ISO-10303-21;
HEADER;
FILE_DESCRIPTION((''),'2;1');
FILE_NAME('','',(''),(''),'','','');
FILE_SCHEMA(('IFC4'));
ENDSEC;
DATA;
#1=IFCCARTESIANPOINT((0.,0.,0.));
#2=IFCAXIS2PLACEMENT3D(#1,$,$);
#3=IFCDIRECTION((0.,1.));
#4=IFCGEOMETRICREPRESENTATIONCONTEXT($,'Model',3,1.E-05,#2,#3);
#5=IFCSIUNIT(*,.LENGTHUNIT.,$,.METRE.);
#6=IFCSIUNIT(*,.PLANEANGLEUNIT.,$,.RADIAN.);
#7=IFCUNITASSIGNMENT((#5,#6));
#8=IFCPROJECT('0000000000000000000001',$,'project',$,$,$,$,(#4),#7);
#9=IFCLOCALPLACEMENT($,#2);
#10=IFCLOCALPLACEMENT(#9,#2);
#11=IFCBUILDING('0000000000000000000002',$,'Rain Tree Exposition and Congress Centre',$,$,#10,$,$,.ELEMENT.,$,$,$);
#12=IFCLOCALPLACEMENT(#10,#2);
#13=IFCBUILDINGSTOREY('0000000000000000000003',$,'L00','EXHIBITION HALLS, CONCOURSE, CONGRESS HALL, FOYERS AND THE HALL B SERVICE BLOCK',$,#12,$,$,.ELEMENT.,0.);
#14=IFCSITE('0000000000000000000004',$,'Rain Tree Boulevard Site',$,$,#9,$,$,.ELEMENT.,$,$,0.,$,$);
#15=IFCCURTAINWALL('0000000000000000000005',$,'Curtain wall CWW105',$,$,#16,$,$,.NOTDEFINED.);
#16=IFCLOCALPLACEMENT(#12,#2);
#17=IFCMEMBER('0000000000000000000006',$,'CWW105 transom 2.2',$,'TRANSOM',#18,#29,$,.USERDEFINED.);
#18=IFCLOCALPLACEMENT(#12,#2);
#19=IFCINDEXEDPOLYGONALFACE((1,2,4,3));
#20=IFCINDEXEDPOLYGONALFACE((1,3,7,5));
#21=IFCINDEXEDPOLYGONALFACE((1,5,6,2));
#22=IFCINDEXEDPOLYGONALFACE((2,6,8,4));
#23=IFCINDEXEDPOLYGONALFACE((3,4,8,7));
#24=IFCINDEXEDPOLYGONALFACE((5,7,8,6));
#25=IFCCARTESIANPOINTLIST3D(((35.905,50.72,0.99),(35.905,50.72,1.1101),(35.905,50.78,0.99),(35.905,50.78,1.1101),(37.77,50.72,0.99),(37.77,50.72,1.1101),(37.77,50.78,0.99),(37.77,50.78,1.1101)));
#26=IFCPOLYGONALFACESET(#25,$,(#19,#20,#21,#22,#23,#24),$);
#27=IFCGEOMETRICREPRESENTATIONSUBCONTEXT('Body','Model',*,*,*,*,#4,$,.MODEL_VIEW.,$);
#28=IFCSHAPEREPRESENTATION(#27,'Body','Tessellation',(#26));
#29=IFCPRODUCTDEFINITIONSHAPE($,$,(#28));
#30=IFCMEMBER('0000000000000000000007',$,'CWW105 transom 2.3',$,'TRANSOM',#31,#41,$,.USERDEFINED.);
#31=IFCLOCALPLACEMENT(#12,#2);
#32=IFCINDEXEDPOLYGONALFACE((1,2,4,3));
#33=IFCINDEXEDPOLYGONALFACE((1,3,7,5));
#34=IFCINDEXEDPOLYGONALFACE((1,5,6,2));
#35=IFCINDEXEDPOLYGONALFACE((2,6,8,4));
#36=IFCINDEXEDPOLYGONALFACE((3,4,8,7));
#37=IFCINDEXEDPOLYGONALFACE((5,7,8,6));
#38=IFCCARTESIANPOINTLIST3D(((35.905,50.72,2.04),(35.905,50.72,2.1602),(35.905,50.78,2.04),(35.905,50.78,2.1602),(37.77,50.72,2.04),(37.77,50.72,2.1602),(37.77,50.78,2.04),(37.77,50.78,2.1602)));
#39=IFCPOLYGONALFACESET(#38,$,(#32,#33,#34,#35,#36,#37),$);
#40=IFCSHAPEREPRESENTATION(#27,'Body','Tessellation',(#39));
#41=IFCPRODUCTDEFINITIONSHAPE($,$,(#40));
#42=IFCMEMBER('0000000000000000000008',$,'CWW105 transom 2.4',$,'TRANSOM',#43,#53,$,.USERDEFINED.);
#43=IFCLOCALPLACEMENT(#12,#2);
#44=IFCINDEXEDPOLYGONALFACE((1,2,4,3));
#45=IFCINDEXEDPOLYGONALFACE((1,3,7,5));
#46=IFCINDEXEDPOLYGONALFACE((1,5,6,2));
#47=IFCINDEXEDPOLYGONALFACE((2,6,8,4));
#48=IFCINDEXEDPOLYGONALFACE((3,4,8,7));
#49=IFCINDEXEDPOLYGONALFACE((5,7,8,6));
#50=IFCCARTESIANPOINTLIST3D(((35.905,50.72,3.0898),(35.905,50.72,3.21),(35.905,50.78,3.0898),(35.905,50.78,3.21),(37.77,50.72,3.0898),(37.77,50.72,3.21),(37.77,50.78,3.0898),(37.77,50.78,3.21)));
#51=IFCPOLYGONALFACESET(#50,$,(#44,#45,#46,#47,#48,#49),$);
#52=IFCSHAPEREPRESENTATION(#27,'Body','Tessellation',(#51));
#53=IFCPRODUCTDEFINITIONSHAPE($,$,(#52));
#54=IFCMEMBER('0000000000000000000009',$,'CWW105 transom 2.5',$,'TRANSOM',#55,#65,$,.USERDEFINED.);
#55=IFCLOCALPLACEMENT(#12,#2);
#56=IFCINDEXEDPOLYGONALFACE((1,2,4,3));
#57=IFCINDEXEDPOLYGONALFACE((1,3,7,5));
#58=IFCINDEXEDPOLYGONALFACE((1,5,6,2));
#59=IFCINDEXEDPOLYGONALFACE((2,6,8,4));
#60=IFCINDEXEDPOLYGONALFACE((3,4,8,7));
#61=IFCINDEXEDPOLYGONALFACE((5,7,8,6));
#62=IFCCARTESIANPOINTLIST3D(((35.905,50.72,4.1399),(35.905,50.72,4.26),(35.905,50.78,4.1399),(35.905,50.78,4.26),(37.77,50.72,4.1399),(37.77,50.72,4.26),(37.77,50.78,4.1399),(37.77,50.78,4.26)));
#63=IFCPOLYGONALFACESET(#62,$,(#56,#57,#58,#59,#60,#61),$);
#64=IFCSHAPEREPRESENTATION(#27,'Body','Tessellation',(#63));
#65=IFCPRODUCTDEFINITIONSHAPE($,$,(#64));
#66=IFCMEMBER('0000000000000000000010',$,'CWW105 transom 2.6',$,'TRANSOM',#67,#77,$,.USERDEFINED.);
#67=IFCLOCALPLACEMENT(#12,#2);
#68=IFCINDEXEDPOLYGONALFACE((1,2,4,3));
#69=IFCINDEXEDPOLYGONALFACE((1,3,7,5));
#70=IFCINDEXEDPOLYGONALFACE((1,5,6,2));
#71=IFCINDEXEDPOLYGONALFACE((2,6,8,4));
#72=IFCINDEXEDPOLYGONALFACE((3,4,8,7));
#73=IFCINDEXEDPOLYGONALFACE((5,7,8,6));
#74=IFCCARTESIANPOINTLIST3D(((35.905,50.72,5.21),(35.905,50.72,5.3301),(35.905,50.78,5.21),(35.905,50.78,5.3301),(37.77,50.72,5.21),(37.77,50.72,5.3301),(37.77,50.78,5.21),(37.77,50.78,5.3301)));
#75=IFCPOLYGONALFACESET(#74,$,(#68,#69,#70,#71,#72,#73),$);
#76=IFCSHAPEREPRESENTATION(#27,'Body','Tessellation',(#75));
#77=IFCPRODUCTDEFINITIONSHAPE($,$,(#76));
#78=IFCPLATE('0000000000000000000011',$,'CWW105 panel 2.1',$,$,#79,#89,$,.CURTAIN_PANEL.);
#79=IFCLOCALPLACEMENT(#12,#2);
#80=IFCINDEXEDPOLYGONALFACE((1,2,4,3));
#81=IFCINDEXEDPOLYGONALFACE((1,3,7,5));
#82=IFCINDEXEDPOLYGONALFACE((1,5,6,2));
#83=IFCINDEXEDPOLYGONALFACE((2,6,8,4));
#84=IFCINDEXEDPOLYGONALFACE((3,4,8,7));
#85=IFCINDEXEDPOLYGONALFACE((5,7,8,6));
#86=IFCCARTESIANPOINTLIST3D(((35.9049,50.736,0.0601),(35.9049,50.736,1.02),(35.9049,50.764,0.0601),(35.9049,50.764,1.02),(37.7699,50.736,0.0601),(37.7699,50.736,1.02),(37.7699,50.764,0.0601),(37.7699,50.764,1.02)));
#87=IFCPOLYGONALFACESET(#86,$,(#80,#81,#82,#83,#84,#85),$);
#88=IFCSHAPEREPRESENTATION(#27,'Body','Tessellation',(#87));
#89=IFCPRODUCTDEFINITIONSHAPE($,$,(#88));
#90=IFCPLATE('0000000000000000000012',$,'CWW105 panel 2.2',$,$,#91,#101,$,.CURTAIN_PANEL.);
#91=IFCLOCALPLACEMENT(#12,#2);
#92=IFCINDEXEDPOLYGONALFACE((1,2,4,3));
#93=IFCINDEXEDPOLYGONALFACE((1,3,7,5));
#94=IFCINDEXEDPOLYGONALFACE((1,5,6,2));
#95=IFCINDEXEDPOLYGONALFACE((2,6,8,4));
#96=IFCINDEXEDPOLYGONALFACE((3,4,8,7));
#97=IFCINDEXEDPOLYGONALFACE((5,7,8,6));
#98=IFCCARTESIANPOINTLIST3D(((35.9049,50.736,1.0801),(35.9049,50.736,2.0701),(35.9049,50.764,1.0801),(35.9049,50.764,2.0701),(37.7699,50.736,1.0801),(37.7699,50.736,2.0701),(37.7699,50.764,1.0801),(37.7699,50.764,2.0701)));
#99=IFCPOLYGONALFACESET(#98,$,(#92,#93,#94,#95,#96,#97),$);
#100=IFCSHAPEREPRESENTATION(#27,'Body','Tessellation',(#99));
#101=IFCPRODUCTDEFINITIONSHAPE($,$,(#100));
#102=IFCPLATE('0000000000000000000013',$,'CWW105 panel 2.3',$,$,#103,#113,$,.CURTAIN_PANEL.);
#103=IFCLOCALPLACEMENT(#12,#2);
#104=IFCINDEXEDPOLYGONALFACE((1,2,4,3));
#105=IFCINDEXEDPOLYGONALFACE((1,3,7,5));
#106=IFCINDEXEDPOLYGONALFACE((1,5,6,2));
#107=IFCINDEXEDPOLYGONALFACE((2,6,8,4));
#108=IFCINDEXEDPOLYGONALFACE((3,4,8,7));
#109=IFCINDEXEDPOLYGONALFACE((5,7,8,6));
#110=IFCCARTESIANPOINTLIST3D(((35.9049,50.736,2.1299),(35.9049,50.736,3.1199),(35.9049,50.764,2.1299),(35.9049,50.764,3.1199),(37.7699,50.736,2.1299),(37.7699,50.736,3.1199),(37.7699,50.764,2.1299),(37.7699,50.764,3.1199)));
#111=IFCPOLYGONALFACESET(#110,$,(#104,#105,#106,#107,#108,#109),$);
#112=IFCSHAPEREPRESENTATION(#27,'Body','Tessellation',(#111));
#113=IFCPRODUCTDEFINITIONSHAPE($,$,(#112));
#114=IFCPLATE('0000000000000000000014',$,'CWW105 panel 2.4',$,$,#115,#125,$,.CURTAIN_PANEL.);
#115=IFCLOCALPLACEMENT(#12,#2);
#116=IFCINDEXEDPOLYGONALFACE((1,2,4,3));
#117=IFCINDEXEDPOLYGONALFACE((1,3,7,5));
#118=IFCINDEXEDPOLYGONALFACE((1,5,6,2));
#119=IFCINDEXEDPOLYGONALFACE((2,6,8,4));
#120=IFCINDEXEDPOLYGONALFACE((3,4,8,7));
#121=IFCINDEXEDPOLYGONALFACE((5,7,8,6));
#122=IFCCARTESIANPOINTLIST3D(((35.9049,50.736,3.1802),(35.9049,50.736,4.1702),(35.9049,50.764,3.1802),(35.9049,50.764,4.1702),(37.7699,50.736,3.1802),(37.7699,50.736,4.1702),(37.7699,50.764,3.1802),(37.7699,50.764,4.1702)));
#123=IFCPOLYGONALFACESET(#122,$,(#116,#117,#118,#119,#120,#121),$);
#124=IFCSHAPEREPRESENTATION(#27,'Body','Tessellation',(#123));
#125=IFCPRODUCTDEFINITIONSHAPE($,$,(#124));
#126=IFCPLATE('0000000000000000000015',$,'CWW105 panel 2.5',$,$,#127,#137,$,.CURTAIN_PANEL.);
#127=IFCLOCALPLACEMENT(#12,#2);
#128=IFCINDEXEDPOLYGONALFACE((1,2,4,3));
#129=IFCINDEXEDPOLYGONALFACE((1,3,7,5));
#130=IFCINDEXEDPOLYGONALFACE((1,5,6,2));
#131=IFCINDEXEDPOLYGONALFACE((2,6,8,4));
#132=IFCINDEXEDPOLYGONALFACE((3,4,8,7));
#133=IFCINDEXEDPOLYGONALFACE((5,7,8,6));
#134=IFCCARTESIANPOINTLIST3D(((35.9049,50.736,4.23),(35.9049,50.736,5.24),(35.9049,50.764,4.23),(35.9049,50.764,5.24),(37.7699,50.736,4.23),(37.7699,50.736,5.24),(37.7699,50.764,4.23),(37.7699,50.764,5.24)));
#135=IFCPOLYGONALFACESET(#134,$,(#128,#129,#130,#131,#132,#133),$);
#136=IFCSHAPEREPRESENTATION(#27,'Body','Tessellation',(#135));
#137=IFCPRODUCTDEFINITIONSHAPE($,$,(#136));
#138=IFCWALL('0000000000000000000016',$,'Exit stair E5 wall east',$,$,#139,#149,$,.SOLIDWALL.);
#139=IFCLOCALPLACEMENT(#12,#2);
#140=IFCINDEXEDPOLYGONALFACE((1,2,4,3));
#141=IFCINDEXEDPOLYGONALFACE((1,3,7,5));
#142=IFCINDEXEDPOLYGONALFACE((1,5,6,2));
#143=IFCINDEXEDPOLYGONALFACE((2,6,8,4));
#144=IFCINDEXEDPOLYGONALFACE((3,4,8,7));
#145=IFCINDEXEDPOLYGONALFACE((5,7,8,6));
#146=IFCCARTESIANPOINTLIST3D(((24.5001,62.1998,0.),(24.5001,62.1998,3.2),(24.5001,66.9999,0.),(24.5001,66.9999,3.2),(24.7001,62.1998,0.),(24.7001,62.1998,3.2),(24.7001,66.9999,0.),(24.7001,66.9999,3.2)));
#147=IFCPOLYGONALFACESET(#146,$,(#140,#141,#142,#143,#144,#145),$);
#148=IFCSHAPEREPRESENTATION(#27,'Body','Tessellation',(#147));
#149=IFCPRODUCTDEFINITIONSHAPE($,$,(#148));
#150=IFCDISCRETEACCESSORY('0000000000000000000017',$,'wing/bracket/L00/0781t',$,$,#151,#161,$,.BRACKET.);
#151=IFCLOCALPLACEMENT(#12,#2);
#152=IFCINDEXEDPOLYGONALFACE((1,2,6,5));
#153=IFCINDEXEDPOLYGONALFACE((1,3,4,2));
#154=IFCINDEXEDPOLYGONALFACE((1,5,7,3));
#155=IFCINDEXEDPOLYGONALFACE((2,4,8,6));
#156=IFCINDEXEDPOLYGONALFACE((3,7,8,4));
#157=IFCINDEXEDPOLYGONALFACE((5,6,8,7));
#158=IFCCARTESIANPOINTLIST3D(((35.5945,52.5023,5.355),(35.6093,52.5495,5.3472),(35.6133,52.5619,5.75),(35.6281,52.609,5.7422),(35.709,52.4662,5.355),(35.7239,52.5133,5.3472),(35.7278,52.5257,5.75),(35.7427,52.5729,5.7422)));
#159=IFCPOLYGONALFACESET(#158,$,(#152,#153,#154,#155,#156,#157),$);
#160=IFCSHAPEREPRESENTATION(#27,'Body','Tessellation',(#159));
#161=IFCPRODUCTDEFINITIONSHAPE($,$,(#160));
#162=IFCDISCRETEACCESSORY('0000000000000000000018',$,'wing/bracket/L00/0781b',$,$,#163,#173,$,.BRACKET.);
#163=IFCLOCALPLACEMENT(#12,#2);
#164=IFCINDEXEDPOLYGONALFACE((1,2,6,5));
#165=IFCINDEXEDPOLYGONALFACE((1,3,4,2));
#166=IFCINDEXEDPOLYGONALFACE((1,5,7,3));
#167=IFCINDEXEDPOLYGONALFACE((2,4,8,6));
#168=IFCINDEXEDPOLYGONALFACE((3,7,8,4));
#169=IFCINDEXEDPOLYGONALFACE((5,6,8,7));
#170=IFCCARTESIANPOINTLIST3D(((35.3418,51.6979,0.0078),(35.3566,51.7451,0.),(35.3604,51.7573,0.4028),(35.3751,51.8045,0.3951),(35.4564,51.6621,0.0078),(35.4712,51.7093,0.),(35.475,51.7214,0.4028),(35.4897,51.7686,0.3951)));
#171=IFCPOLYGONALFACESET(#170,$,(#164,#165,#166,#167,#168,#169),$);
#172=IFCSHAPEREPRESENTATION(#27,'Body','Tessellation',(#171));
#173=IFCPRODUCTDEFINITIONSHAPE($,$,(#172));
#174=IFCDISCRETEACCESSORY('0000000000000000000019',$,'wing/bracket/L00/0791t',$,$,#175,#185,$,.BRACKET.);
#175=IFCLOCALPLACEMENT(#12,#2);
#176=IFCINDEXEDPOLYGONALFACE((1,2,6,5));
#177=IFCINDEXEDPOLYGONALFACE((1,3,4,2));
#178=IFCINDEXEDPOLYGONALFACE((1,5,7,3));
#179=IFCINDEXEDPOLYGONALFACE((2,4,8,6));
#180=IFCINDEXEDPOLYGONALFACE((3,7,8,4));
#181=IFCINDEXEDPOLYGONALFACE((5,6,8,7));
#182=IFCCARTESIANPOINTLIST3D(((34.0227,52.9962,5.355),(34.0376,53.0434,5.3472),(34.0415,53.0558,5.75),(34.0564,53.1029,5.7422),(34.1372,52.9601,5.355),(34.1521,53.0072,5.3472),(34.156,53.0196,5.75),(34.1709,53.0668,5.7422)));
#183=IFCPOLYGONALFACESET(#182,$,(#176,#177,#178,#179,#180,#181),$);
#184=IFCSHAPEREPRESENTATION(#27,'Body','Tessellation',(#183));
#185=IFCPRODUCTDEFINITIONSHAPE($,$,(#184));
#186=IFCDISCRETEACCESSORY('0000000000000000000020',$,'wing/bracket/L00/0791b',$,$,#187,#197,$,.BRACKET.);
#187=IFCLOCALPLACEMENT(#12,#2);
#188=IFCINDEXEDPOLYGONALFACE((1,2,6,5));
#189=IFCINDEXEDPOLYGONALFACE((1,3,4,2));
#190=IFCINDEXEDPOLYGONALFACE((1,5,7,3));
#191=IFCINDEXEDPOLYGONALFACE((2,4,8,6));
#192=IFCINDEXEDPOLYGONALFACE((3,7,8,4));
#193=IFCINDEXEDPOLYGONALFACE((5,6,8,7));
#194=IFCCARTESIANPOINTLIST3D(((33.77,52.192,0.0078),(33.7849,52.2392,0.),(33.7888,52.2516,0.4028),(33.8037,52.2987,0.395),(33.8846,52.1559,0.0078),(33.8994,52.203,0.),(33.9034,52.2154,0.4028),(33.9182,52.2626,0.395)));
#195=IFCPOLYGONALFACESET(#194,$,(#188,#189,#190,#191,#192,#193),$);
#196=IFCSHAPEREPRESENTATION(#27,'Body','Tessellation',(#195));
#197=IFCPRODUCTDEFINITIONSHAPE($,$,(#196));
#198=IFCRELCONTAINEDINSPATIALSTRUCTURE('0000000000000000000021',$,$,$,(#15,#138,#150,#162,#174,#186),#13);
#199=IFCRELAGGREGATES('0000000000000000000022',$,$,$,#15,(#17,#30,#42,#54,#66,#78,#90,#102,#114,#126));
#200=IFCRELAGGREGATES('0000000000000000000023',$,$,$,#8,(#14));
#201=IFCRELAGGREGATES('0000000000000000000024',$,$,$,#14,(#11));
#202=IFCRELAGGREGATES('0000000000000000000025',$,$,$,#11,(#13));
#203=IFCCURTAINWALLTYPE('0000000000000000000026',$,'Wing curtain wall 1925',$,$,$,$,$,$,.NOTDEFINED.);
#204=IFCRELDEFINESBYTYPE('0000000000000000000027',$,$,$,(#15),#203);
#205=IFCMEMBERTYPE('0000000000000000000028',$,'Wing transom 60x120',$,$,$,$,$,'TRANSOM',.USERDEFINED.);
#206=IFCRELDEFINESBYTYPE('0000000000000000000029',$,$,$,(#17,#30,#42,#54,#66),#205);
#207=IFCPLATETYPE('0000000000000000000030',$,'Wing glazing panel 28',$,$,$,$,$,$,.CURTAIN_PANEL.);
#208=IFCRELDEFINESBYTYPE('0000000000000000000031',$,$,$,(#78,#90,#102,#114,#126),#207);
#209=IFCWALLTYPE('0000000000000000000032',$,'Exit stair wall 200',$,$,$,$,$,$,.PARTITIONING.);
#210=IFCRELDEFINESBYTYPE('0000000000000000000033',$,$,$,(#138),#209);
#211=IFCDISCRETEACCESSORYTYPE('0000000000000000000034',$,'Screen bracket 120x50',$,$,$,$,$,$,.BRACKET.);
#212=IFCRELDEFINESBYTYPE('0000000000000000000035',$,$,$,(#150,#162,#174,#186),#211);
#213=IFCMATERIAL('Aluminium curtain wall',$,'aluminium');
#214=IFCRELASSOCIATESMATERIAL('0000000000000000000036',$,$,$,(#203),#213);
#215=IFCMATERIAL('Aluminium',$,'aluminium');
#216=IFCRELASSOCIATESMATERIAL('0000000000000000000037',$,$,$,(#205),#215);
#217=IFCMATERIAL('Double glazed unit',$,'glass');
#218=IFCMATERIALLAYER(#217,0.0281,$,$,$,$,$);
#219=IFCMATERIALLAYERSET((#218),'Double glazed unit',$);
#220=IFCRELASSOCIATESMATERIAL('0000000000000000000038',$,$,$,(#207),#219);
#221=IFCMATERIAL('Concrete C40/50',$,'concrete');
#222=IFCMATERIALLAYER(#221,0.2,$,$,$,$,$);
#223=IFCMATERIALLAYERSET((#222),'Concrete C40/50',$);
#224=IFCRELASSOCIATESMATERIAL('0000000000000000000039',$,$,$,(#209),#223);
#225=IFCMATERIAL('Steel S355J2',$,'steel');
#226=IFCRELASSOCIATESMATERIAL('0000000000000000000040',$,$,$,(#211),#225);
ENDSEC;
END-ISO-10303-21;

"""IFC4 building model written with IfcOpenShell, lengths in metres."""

from ifc_helpers import new_model, si_unit, direction, frame, frame_2d, origin, origin_2d, place, context, subcontext, project, spatial, rectangle, extrude, material, layer, layer_set, material_profile, profile_set, type_object, element, aggregate, save


model = new_model("IFC4")

# Units and contexts
model_context = context("Model", 3, precision=1e-05, world=origin(), true_north=direction((0.0, 1.0)))
body_context = subcontext(model_context, "Body", "Model", "MODEL_VIEW")
ifc_project = project(units=[si_unit("LENGTHUNIT", "METRE"), si_unit("PLANEANGLEUNIT", "RADIAN")], contexts=[model_context])

# Site, building, storey
site_placement = place(None, origin())
site = spatial("IfcSite", under=ifc_project, at=site_placement, Name="Rain Tree Boulevard Site", CompositionType="ELEMENT", RefElevation=0.0)
building_placement = place(site_placement, origin())
building = spatial("IfcBuilding", under=site, at=building_placement, Name="Rain Tree Exposition and Congress Centre", CompositionType="ELEMENT")
storey_placement = place(building_placement, origin())
storey = spatial("IfcBuildingStorey", under=building, at=storey_placement, Name="L00", Description="EXHIBITION HALLS, CONCOURSE, CONGRESS HALL, FOYERS AND THE HALL B SERVICE BLOCK", CompositionType="ELEMENT", Elevation=0.0)

# Curtain wall, members, plates
ifc_material_1 = material(Name="Aluminium curtain wall", Category="aluminium")
curtain_wall_type = type_object("IfcCurtainWallType", Name="Wing curtain wall 1925", PredefinedType="NOTDEFINED", material=ifc_material_1)
curtain_wall_placement = place(storey_placement, origin())
curtain_wall = element("IfcCurtainWall", 1, at=curtain_wall_placement, inside=storey, type_object=curtain_wall_type, Name="Curtain wall CWW105", PredefinedType="NOTDEFINED")
ifc_material_2 = material(Name="Aluminium", Category="aluminium")
ifc_material_profile_1 = material_profile(ifc_material_2, rectangle(XDim=0.0601, YDim=0.1201, at=origin_2d()), Name="Aluminium 60x120")
ifc_profile_set_1 = profile_set([ifc_material_profile_1], Name="Aluminium")
member_type = type_object("IfcMemberType", Name="Wing transom 60x120", ElementType="TRANSOM", PredefinedType="USERDEFINED", material=ifc_profile_set_1)
member_1_placement = place(storey_placement, frame((35.905, 50.75, 1.05), z_axis=(1.0, 0.0, 0.0), x_axis=(0.0, 1.0, 0.0)))
member_1 = element("IfcMember", 2, at=member_1_placement, type_object=member_type, Name="CWW105 transom 2.2", ObjectType="TRANSOM", PredefinedType="USERDEFINED", context=body_context, shape_type="SweptSolid", body=[
    extrude(rectangle(XDim=0.0601, YDim=0.1201, at=origin_2d()), origin(), (0.0, 0.0, 1.0), 1.865),
])
member_2_placement = place(storey_placement, frame((35.905, 50.75, 2.1001), z_axis=(1.0, 0.0, 0.0), x_axis=(0.0, 1.0, 0.0)))
member_2 = element("IfcMember", 3, at=member_2_placement, type_object=member_type, Name="CWW105 transom 2.3", ObjectType="TRANSOM", PredefinedType="USERDEFINED", context=body_context, shape_type="SweptSolid", body=[
    extrude(rectangle(XDim=0.0601, YDim=0.1201, at=origin_2d()), origin(), (0.0, 0.0, 1.0), 1.865),
])
member_3_placement = place(storey_placement, frame((35.905, 50.75, 3.1499), z_axis=(1.0, 0.0, 0.0), x_axis=(0.0, 1.0, 0.0)))
member_3 = element("IfcMember", 4, at=member_3_placement, type_object=member_type, Name="CWW105 transom 2.4", ObjectType="TRANSOM", PredefinedType="USERDEFINED", context=body_context, shape_type="SweptSolid", body=[
    extrude(rectangle(XDim=0.0601, YDim=0.1201, at=origin_2d()), origin(), (0.0, 0.0, 1.0), 1.865),
])
member_4_placement = place(storey_placement, frame((35.905, 50.75, 4.2), z_axis=(1.0, 0.0, 0.0), x_axis=(0.0, 1.0, 0.0)))
member_4 = element("IfcMember", 5, at=member_4_placement, type_object=member_type, Name="CWW105 transom 2.5", ObjectType="TRANSOM", PredefinedType="USERDEFINED", context=body_context, shape_type="SweptSolid", body=[
    extrude(rectangle(XDim=0.0601, YDim=0.1201, at=origin_2d()), origin(), (0.0, 0.0, 1.0), 1.865),
])
member_5_placement = place(storey_placement, frame((35.905, 50.75, 5.27), z_axis=(1.0, 0.0, 0.0), x_axis=(0.0, 1.0, 0.0)))
member_5 = element("IfcMember", 6, at=member_5_placement, type_object=member_type, Name="CWW105 transom 2.6", ObjectType="TRANSOM", PredefinedType="USERDEFINED", context=body_context, shape_type="SweptSolid", body=[
    extrude(rectangle(XDim=0.0601, YDim=0.1201, at=origin_2d()), origin(), (0.0, 0.0, 1.0), 1.865),
])
ifc_material_3 = material(Name="Double glazed unit", Category="glass")
ifc_layer_1 = layer(ifc_material_3, 0.0281)
ifc_layer_set_1 = layer_set([ifc_layer_1], Name="Double glazed unit")
plate_type = type_object("IfcPlateType", Name="Wing glazing panel 28", PredefinedType="CURTAIN_PANEL", material=ifc_layer_set_1)
plate_1_placement = place(storey_placement, frame((36.8374, 50.75, 0.0601), z_axis=(0.0, 0.0, 1.0), x_axis=(1.0, 0.0, 0.0)))
plate_1 = element("IfcPlate", 7, at=plate_1_placement, type_object=plate_type, Name="CWW105 panel 2.1", PredefinedType="CURTAIN_PANEL", context=body_context, shape_type="SweptSolid", body=[
    extrude(rectangle(XDim=1.865, YDim=0.0281, at=origin_2d()), origin(), (0.0, 0.0, 1.0), 0.96),
])
plate_2_placement = place(storey_placement, frame((36.8374, 50.75, 1.0801), z_axis=(0.0, 0.0, 1.0), x_axis=(1.0, 0.0, 0.0)))
plate_2 = element("IfcPlate", 8, at=plate_2_placement, type_object=plate_type, Name="CWW105 panel 2.2", PredefinedType="CURTAIN_PANEL", context=body_context, shape_type="SweptSolid", body=[
    extrude(rectangle(XDim=1.865, YDim=0.0281, at=origin_2d()), origin(), (0.0, 0.0, 1.0), 0.99),
])
plate_3_placement = place(storey_placement, frame((36.8374, 50.75, 2.1299), z_axis=(0.0, 0.0, 1.0), x_axis=(1.0, 0.0, 0.0)))
plate_3 = element("IfcPlate", 9, at=plate_3_placement, type_object=plate_type, Name="CWW105 panel 2.3", PredefinedType="CURTAIN_PANEL", context=body_context, shape_type="SweptSolid", body=[
    extrude(rectangle(XDim=1.865, YDim=0.0281, at=origin_2d()), origin(), (0.0, 0.0, 1.0), 0.99),
])
plate_4_placement = place(storey_placement, frame((36.8374, 50.75, 3.1802), z_axis=(0.0, 0.0, 1.0), x_axis=(1.0, 0.0, 0.0)))
plate_4 = element("IfcPlate", 10, at=plate_4_placement, type_object=plate_type, Name="CWW105 panel 2.4", PredefinedType="CURTAIN_PANEL", context=body_context, shape_type="SweptSolid", body=[
    extrude(rectangle(XDim=1.865, YDim=0.0281, at=origin_2d()), origin(), (0.0, 0.0, 1.0), 0.99),
])
plate_5_placement = place(storey_placement, frame((36.8374, 50.75, 4.23), z_axis=(0.0, 0.0, 1.0), x_axis=(1.0, 0.0, 0.0)))
plate_5 = element("IfcPlate", 11, at=plate_5_placement, type_object=plate_type, Name="CWW105 panel 2.5", PredefinedType="CURTAIN_PANEL", context=body_context, shape_type="SweptSolid", body=[
    extrude(rectangle(XDim=1.865, YDim=0.0281, at=origin_2d()), origin(), (0.0, 0.0, 1.0), 1.01),
])
aggregate(curtain_wall, [member_1, member_2, member_3, member_4, member_5, plate_1, plate_2, plate_3, plate_4, plate_5])

# Wall
ifc_material_4 = material(Name="Concrete C40/50", Category="concrete")
ifc_layer_2 = layer(ifc_material_4, 0.2)
ifc_layer_set_2 = layer_set([ifc_layer_2], Name="Concrete C40/50")
wall_type = type_object("IfcWallType", Name="Exit stair wall 200", PredefinedType="PARTITIONING", material=ifc_layer_set_2)
wall_placement = place(storey_placement, frame((24.6001, 62.2, 0.0), z_axis=(0.0, 0.0, 1.0), x_axis=(0.0, 1.0, 0.0)))
element("IfcWall", 12, at=wall_placement, inside=storey, type_object=wall_type, Name="Exit stair E5 wall east", PredefinedType="SOLIDWALL", context=body_context, shape_type="SweptSolid", body=[
    extrude(rectangle(XDim=4.8, YDim=0.2, at=frame_2d((2.3999, 0.0))), origin(), (0.0, 0.0, 1.0), 3.2),
])

# Discrete accessories
ifc_material_5 = material(Name="Steel S355J2", Category="steel")
ifc_material_profile_2 = material_profile(ifc_material_5, rectangle(XDim=0.1201, YDim=0.05, at=origin_2d()), Name="Flat bar 120x50")
ifc_profile_set_2 = profile_set([ifc_material_profile_2], Name="Steel S355J2")
discrete_accessory_type = type_object("IfcDiscreteAccessoryType", Name="Screen bracket 120x50", PredefinedType="BRACKET", material=ifc_profile_set_2)
for number, where, z_axis, x_axis, name in (
    (13, (35.6592, 52.5078, 5.3511), (0.047006, 0.148953, 0.987726), (-0.953642, 0.300944, 0.0), "wing/bracket/L00/0781t"),
    (14, (35.4065, 51.7036, 0.0039), (0.046401, 0.14836, 0.987844), (-0.95441, 0.298499, 0.0), "wing/bracket/L00/0781b"),
    (15, (34.0874, 53.0017, 5.3511), (0.047006, 0.148953, 0.987726), (-0.953642, 0.300944, 0.0), "wing/bracket/L00/0791t"),
    (16, (33.8347, 52.1975, 0.0039), (0.047006, 0.148953, 0.987726), (-0.953642, 0.300944, 0.0), "wing/bracket/L00/0791b"),
):
    element("IfcDiscreteAccessory", number, at=place(storey_placement, frame(where, z_axis=z_axis, x_axis=x_axis)), inside=storey, type_object=discrete_accessory_type, Name=name, PredefinedType="BRACKET", context=body_context, shape_type="SweptSolid", body=[
        extrude(rectangle(XDim=0.1201, YDim=0.05, at=origin_2d()), origin(), (0.0, 0.0, 1.0), 0.3999),
    ])

save(model, "model.ifc")
